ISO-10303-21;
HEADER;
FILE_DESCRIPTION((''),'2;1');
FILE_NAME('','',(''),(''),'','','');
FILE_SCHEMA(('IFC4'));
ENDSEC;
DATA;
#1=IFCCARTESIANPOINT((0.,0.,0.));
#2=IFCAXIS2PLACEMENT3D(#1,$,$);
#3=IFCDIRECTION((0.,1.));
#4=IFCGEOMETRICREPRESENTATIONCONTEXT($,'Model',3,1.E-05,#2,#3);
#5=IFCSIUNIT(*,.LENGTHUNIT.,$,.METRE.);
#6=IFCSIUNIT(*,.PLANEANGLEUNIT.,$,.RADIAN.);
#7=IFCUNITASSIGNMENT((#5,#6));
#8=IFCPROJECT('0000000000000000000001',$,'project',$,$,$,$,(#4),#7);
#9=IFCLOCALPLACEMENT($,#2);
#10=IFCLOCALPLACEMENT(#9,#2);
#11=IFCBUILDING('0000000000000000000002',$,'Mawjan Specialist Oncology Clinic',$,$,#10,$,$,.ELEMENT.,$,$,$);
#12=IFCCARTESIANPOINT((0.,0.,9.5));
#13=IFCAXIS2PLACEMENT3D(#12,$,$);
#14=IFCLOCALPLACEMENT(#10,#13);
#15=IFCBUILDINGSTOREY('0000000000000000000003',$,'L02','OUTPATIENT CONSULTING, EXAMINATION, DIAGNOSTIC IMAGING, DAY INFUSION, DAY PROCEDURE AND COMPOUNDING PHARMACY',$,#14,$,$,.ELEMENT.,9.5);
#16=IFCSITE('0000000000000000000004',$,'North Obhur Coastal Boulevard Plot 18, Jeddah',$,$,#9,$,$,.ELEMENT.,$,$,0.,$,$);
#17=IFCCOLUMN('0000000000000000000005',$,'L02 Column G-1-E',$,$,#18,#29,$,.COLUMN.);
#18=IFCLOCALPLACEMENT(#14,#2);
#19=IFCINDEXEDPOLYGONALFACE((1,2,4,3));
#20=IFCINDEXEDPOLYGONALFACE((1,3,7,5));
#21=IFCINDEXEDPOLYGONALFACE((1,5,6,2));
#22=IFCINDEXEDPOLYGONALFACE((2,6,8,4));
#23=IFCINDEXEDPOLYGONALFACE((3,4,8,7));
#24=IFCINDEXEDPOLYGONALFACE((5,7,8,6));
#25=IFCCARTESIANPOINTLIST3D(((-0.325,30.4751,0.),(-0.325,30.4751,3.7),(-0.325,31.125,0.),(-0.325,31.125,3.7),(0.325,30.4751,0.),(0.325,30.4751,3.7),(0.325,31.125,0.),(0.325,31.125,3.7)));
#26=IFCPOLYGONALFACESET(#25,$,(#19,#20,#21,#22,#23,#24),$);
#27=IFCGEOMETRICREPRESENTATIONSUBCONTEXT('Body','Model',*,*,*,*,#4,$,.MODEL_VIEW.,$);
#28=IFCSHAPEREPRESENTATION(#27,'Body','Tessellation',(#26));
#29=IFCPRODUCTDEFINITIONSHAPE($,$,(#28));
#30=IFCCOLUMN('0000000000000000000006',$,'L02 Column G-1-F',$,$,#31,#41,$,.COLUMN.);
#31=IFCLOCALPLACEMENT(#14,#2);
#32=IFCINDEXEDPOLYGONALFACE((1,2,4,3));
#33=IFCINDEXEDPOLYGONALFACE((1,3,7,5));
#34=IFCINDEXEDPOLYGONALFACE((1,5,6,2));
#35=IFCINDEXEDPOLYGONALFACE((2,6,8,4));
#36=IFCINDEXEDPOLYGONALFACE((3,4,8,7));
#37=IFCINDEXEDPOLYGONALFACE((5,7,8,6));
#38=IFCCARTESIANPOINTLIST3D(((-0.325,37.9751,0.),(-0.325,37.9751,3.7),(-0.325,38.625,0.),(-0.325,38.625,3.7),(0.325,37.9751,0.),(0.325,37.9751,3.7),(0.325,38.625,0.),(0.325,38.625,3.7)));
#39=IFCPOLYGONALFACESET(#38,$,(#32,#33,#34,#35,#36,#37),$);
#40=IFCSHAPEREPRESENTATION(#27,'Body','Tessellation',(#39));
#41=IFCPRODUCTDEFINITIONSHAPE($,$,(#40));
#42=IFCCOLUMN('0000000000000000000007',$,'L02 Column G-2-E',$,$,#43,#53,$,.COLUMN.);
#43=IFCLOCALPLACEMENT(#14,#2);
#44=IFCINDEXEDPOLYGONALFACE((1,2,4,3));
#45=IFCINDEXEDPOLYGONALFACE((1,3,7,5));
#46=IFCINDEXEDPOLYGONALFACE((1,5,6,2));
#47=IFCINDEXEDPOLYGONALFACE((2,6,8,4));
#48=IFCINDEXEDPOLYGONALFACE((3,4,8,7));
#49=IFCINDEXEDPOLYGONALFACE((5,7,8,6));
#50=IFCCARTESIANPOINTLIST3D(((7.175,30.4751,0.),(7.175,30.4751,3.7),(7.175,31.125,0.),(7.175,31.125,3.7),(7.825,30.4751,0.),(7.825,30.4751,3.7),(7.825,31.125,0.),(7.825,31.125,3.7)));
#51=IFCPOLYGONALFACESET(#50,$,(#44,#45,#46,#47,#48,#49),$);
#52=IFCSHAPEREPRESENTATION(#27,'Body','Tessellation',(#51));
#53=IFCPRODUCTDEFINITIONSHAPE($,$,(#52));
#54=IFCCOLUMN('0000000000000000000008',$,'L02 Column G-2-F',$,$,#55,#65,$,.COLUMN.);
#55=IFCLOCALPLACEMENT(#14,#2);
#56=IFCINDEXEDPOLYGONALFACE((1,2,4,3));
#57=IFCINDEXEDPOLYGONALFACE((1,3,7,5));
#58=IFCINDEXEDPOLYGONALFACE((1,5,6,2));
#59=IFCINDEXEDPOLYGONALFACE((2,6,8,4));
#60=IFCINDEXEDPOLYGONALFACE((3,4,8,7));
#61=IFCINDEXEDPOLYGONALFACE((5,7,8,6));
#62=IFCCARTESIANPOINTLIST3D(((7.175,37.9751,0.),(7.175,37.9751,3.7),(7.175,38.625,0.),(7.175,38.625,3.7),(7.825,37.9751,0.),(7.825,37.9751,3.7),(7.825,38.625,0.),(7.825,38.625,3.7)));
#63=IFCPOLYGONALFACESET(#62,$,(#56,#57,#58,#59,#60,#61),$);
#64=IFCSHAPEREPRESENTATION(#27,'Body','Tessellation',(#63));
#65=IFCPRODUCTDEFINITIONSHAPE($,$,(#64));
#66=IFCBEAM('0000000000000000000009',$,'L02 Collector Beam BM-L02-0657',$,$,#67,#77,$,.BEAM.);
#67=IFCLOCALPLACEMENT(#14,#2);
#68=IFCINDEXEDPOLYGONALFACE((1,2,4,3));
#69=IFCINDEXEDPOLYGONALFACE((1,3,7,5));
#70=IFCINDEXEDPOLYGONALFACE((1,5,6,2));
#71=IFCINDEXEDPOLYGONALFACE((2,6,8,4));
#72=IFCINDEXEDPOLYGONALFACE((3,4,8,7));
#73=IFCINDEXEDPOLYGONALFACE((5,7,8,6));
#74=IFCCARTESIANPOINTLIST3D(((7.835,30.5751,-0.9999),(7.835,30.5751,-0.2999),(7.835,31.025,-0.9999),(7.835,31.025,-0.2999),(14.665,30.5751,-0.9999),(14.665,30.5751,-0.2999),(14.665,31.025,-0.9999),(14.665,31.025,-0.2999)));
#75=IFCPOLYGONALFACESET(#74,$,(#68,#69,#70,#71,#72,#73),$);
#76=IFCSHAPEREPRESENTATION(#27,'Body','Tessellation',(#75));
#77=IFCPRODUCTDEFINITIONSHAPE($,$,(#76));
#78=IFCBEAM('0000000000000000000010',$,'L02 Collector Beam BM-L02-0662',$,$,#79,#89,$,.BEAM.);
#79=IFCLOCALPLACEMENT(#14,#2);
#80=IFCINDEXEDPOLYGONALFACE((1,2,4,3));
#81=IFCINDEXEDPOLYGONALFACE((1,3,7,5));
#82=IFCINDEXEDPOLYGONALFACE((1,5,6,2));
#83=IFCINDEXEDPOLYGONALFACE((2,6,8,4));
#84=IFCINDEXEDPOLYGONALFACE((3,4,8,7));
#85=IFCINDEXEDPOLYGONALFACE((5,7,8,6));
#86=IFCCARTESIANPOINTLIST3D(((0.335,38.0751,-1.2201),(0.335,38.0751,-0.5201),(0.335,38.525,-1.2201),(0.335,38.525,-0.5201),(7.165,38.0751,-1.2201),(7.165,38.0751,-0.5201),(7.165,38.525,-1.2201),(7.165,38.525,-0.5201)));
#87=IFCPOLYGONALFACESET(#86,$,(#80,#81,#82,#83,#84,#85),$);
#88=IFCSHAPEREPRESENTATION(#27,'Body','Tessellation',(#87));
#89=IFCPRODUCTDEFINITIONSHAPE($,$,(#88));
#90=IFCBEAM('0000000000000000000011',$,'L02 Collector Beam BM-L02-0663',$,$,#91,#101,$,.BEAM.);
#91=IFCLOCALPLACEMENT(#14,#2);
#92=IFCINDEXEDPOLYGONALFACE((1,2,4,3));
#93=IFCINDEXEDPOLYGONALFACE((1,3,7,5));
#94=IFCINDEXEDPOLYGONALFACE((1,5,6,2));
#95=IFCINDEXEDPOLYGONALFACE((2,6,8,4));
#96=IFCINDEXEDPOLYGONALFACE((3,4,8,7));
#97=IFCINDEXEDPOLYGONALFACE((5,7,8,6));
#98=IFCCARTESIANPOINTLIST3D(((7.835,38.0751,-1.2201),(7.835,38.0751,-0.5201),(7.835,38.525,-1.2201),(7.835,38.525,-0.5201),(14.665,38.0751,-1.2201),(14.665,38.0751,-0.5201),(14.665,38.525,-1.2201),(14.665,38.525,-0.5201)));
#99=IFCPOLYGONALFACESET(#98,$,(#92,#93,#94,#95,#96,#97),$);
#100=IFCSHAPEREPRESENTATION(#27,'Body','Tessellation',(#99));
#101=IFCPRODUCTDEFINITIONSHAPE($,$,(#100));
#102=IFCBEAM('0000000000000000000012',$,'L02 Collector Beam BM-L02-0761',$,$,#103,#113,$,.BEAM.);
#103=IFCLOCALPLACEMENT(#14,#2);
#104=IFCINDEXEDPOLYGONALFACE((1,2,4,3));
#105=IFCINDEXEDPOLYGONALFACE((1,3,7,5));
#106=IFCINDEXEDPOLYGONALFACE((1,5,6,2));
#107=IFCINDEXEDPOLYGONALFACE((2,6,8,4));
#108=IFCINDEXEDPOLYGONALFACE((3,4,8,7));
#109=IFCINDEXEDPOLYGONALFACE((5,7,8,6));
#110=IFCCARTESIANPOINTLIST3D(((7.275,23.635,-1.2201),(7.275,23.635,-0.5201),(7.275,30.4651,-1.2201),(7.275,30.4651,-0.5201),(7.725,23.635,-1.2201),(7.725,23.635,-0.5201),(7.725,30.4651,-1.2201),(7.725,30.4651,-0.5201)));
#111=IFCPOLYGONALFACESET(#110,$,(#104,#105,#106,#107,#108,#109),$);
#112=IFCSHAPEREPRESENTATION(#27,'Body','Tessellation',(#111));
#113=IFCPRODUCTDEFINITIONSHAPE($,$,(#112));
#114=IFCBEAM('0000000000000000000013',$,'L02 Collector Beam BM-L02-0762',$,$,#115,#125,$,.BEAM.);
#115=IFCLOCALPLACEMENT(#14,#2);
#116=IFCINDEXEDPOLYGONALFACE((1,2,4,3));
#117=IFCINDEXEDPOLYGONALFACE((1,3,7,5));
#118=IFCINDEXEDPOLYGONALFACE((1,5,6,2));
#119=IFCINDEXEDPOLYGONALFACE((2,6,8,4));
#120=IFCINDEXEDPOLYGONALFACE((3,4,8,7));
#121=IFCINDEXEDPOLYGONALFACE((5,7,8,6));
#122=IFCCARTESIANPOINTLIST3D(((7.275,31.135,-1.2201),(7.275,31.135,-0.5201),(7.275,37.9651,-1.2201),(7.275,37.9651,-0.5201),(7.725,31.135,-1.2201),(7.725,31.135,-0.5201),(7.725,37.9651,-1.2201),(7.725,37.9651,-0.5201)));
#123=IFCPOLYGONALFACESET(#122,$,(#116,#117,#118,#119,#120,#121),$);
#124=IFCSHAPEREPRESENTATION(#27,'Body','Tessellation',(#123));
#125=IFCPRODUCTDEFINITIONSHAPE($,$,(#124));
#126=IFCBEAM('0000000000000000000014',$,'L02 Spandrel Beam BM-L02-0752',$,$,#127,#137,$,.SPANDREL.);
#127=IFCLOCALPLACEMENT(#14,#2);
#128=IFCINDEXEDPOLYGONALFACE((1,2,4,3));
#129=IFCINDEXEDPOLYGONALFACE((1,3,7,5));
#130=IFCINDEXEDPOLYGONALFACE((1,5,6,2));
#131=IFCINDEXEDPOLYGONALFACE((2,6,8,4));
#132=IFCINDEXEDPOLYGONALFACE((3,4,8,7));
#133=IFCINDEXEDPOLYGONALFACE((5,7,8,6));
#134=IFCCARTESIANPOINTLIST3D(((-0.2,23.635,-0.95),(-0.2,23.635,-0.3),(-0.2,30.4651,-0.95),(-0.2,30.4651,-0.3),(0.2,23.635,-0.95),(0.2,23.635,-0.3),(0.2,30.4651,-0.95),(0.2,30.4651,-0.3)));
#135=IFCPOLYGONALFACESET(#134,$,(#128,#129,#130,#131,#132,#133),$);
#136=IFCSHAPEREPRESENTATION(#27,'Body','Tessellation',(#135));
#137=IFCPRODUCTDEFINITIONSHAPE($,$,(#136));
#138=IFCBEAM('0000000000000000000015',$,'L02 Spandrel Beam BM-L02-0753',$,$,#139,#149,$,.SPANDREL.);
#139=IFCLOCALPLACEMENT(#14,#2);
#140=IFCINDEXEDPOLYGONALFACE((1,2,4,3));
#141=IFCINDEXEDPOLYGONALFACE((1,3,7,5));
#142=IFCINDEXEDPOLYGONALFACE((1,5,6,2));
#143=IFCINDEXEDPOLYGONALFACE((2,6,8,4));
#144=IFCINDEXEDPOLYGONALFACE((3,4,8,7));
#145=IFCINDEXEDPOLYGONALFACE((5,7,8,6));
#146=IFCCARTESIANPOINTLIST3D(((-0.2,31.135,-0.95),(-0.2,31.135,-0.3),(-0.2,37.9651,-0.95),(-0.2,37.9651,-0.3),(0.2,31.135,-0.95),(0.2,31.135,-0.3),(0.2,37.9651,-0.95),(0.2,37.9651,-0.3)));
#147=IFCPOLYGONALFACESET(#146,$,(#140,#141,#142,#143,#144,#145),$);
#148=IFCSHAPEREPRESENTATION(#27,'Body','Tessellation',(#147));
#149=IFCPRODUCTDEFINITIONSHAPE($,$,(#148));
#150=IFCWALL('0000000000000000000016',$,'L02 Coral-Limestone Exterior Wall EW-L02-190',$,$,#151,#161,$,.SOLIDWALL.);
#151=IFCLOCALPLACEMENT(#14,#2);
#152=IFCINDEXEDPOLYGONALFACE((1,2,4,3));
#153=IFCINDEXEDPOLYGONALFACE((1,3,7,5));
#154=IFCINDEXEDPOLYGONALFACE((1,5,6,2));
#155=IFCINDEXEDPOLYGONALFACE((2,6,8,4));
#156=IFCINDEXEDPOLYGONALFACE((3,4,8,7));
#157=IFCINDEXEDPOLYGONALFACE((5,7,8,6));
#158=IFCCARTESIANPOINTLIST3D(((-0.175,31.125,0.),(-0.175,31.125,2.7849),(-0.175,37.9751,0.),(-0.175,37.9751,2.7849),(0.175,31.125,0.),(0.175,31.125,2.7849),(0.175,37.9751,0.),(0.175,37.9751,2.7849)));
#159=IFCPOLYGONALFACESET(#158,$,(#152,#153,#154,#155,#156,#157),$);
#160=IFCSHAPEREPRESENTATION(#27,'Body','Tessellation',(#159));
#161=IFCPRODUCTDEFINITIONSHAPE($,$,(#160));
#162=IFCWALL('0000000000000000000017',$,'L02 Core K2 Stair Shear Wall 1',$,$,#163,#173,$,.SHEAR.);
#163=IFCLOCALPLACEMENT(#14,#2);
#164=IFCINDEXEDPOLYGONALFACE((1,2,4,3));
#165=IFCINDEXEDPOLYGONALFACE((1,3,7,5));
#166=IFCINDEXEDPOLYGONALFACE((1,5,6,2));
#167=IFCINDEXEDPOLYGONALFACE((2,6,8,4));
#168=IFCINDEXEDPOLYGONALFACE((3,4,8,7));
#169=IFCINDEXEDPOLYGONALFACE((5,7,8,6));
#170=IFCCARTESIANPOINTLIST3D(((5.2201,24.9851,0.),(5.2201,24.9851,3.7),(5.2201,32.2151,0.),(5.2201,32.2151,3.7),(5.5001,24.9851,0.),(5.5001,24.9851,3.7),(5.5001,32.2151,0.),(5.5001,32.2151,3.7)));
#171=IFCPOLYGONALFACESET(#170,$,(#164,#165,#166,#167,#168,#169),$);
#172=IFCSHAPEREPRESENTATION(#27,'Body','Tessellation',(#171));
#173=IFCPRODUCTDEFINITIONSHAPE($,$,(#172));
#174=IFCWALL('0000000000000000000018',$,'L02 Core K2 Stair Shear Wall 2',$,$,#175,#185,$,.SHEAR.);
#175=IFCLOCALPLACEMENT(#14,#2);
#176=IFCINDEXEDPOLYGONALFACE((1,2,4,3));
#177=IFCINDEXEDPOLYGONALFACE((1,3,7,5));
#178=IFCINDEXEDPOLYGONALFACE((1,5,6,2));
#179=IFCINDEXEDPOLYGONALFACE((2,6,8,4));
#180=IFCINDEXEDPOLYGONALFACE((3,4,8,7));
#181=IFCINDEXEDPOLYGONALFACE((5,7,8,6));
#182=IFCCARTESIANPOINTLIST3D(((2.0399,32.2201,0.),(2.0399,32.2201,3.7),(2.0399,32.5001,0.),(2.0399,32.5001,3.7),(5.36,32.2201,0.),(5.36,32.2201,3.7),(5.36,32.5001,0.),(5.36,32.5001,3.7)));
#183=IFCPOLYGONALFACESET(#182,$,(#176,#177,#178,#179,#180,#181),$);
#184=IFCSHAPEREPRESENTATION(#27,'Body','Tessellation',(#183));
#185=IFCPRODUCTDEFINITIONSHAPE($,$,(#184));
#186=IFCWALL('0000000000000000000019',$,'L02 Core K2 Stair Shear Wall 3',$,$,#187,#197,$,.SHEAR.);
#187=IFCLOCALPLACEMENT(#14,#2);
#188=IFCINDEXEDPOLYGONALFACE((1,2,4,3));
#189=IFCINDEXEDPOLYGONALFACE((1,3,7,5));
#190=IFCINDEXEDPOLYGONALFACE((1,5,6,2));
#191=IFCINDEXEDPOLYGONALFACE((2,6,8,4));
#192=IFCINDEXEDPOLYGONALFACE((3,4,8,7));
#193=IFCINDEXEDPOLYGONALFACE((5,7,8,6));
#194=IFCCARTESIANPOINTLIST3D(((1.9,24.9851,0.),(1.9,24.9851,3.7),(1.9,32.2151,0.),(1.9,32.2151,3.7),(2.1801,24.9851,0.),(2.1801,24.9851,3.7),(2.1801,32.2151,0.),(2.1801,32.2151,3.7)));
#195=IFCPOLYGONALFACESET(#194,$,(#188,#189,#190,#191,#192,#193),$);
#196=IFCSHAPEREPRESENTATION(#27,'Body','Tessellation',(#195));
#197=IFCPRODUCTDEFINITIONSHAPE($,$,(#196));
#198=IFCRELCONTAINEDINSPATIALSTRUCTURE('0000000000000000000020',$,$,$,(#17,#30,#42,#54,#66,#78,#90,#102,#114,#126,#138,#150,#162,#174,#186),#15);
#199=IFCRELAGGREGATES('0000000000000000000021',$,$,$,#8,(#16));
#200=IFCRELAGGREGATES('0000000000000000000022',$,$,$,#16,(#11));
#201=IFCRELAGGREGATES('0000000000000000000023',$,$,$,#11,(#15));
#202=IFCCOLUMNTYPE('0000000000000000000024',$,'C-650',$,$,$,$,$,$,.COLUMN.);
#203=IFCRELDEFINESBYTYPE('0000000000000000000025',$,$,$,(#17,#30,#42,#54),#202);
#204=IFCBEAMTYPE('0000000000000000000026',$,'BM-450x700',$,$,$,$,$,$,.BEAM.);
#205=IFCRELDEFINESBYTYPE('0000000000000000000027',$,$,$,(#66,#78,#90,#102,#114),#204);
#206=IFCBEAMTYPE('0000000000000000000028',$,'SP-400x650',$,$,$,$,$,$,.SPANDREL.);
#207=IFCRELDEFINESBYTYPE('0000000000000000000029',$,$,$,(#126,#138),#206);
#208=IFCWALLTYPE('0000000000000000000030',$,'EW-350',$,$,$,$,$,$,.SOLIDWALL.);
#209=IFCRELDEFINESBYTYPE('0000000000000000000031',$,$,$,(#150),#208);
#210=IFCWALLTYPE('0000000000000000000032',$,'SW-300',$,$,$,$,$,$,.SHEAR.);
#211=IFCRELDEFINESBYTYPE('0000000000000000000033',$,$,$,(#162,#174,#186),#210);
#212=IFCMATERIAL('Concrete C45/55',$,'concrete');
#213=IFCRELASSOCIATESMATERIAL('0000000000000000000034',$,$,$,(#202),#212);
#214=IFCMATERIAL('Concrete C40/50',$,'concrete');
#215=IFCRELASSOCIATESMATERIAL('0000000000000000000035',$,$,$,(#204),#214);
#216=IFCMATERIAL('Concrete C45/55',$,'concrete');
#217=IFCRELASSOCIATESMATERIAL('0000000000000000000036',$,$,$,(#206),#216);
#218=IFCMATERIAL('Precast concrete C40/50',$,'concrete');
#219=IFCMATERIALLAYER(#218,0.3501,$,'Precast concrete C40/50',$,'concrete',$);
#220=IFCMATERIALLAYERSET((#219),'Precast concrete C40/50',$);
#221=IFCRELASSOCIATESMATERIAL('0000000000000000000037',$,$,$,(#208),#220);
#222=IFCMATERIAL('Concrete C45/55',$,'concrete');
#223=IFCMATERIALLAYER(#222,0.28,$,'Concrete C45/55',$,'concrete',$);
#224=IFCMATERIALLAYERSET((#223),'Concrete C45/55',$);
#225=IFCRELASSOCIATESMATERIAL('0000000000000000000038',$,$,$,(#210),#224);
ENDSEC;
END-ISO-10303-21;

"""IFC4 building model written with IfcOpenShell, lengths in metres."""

from ifc_helpers import new_model, si_unit, direction, frame, frame_2d, origin, origin_2d, place, context, subcontext, project, spatial, rectangle, extrude, material, layer, layer_set, material_profile, profile_set, type_object, element, save


model = new_model("IFC4")

# Units and contexts
model_context = context("Model", 3, precision=1e-05, world=origin(), true_north=direction((0.0, 1.0)))
body_context = subcontext(model_context, "Body", "Model", "MODEL_VIEW")
ifc_project = project(units=[si_unit("LENGTHUNIT", "METRE"), si_unit("PLANEANGLEUNIT", "RADIAN")], contexts=[model_context])

# Site, building, storey
site_placement = place(None, origin())
site = spatial("IfcSite", under=ifc_project, at=site_placement, Name="North Obhur Coastal Boulevard Plot 18, Jeddah", CompositionType="ELEMENT", RefElevation=0.0)
building_placement = place(site_placement, origin())
building = spatial("IfcBuilding", under=site, at=building_placement, Name="Mawjan Specialist Oncology Clinic", CompositionType="ELEMENT")
storey_placement = place(building_placement, frame((0.0, 0.0, 9.5)))
storey = spatial("IfcBuildingStorey", under=building, at=storey_placement, Name="L02", Description="OUTPATIENT CONSULTING, EXAMINATION, DIAGNOSTIC IMAGING, DAY INFUSION, DAY PROCEDURE AND COMPOUNDING PHARMACY", CompositionType="ELEMENT", Elevation=9.5)

# Columns
ifc_material_1 = material(Name="Concrete C45/55", Category="concrete")
ifc_material_profile_1 = material_profile(ifc_material_1, rectangle(XDim=0.6499, YDim=0.6499, at=origin_2d()), Name="RC COL 650x650", Category="concrete")
ifc_profile_set_1 = profile_set([ifc_material_profile_1], Name="Concrete C45/55")
column_type = type_object("IfcColumnType", Name="C-650", PredefinedType="COLUMN", material=ifc_profile_set_1)
for number, where, z_axis, x_axis, name in (
    (1, (0.0, 30.8, 0.0), (0.0, 0.0, 1.0), (1.0, 0.0, 0.0), "L02 Column G-1-E"),
    (2, (0.0, 38.3, 0.0), (0.0, 0.0, 1.0), (1.0, 0.0, 0.0), "L02 Column G-1-F"),
    (3, (7.5, 30.8, 0.0), (0.0, 0.0, 1.0), (1.0, 0.0, 0.0), "L02 Column G-2-E"),
    (4, (7.5, 38.3, 0.0), (0.0, 0.0, 1.0), (1.0, 0.0, 0.0), "L02 Column G-2-F"),
):
    element("IfcColumn", number, at=place(storey_placement, frame(where, z_axis=z_axis, x_axis=x_axis)), inside=storey, type_object=column_type, Name=name, PredefinedType="COLUMN", context=body_context, shape_type="SweptSolid", body=[
        extrude(rectangle(XDim=0.6499, YDim=0.6499, at=origin_2d()), origin(), (0.0, 0.0, 1.0), 3.7),
    ])

# Beams
ifc_material_2 = material(Name="Concrete C40/50", Category="concrete")
ifc_material_profile_2 = material_profile(ifc_material_2, rectangle(XDim=0.45, YDim=0.7, at=origin_2d()), Name="RC BM 450x700", Category="concrete")
ifc_profile_set_2 = profile_set([ifc_material_profile_2], Name="Concrete C40/50")
beam_type_1 = type_object("IfcBeamType", Name="BM-450x700", PredefinedType="BEAM", material=ifc_profile_set_2)
for number, where, z_axis, x_axis, name in (
    (5, (7.835, 30.8, -0.6499), (1.0, 0.0, 0.0), (0.0, 1.0, 0.0), "L02 Collector Beam BM-L02-0657"),
    (6, (0.335, 38.3, -0.8701), (1.0, 0.0, 0.0), (0.0, 1.0, 0.0), "L02 Collector Beam BM-L02-0662"),
    (7, (7.835, 38.3, -0.8701), (1.0, 0.0, 0.0), (0.0, 1.0, 0.0), "L02 Collector Beam BM-L02-0663"),
    (8, (7.5, 23.635, -0.8701), (0.0, 1.0, 0.0), (-1.0, 0.0, 0.0), "L02 Collector Beam BM-L02-0761"),
    (9, (7.5, 31.135, -0.8701), (0.0, 1.0, 0.0), (-1.0, 0.0, 0.0), "L02 Collector Beam BM-L02-0762"),
):
    element("IfcBeam", number, at=place(storey_placement, frame(where, z_axis=z_axis, x_axis=x_axis)), inside=storey, type_object=beam_type_1, Name=name, PredefinedType="BEAM", context=body_context, shape_type="SweptSolid", body=[
        extrude(rectangle(XDim=0.45, YDim=0.7, at=origin_2d()), origin(), (0.0, 0.0, 1.0), 6.8301),
    ])
ifc_material_3 = material(Name="Concrete C45/55", Category="concrete")
ifc_material_profile_3 = material_profile(ifc_material_3, rectangle(XDim=0.3999, YDim=0.6499, at=origin_2d()), Name="RC BM 400x650", Category="concrete")
ifc_profile_set_3 = profile_set([ifc_material_profile_3], Name="Concrete C45/55")
beam_type_2 = type_object("IfcBeamType", Name="SP-400x650", PredefinedType="SPANDREL", material=ifc_profile_set_3)
for number, where, z_axis, x_axis, name in (
    (10, (0.0, 23.635, -0.625), (0.0, 1.0, 0.0), (-1.0, 0.0, 0.0), "L02 Spandrel Beam BM-L02-0752"),
    (11, (0.0, 31.135, -0.625), (0.0, 1.0, 0.0), (-1.0, 0.0, 0.0), "L02 Spandrel Beam BM-L02-0753"),
):
    element("IfcBeam", number, at=place(storey_placement, frame(where, z_axis=z_axis, x_axis=x_axis)), inside=storey, type_object=beam_type_2, Name=name, PredefinedType="SPANDREL", context=body_context, shape_type="SweptSolid", body=[
        extrude(rectangle(XDim=0.3999, YDim=0.6499, at=origin_2d()), origin(), (0.0, 0.0, 1.0), 6.8301),
    ])

# Walls
ifc_material_4 = material(Name="Precast concrete C40/50", Category="concrete")
ifc_layer_1 = layer(ifc_material_4, 0.3501, Name="Precast concrete C40/50", Category="concrete")
ifc_layer_set_1 = layer_set([ifc_layer_1], Name="Precast concrete C40/50")
wall_type_1 = type_object("IfcWallType", Name="EW-350", PredefinedType="SOLIDWALL", material=ifc_layer_set_1)
wall_1_placement = place(storey_placement, frame((0.0, 31.125, 0.0), z_axis=(0.0, 0.0, 1.0), x_axis=(0.0, 1.0, 0.0)))
element("IfcWall", 12, at=wall_1_placement, inside=storey, type_object=wall_type_1, Name="L02 Coral-Limestone Exterior Wall EW-L02-190", PredefinedType="SOLIDWALL", context=body_context, shape_type="SweptSolid", body=[
    extrude(rectangle(XDim=6.8501, YDim=0.3501, at=frame_2d((3.425, 0.0))), origin(), (0.0, 0.0, 1.0), 2.7849),
])
ifc_material_5 = material(Name="Concrete C45/55", Category="concrete")
ifc_layer_2 = layer(ifc_material_5, 0.28, Name="Concrete C45/55", Category="concrete")
ifc_layer_set_2 = layer_set([ifc_layer_2], Name="Concrete C45/55")
wall_type_2 = type_object("IfcWallType", Name="SW-300", PredefinedType="SHEAR", material=ifc_layer_set_2)
wall_2_placement = place(storey_placement, frame((5.3601, 24.9851, 0.0), z_axis=(0.0, 0.0, 1.0), x_axis=(0.0, 1.0, 0.0)))
element("IfcWall", 13, at=wall_2_placement, inside=storey, type_object=wall_type_2, Name="L02 Core K2 Stair Shear Wall 1", PredefinedType="SHEAR", context=body_context, shape_type="SweptSolid", body=[
    extrude(rectangle(XDim=7.23, YDim=0.28, at=frame_2d((3.615, 0.0))), origin(), (0.0, 0.0, 1.0), 3.7),
])
wall_3_placement = place(storey_placement, frame((5.3601, 32.3601, 0.0), z_axis=(0.0, 0.0, 1.0), x_axis=(-1.0, 0.0, 0.0)))
element("IfcWall", 14, at=wall_3_placement, inside=storey, type_object=wall_type_2, Name="L02 Core K2 Stair Shear Wall 2", PredefinedType="SHEAR", context=body_context, shape_type="SweptSolid", body=[
    extrude(rectangle(XDim=3.3201, YDim=0.28, at=frame_2d((1.6602, 0.0))), origin(), (0.0, 0.0, 1.0), 3.7),
])
wall_4_placement = place(storey_placement, frame((2.04, 32.2151, 0.0), z_axis=(0.0, 0.0, 1.0), x_axis=(0.0, -1.0, 0.0)))
element("IfcWall", 15, at=wall_4_placement, inside=storey, type_object=wall_type_2, Name="L02 Core K2 Stair Shear Wall 3", PredefinedType="SHEAR", context=body_context, shape_type="SweptSolid", body=[
    extrude(rectangle(XDim=7.23, YDim=0.28, at=frame_2d((3.615, 0.0))), origin(), (0.0, 0.0, 1.0), 3.7),
])

save(model, "model.ifc")
